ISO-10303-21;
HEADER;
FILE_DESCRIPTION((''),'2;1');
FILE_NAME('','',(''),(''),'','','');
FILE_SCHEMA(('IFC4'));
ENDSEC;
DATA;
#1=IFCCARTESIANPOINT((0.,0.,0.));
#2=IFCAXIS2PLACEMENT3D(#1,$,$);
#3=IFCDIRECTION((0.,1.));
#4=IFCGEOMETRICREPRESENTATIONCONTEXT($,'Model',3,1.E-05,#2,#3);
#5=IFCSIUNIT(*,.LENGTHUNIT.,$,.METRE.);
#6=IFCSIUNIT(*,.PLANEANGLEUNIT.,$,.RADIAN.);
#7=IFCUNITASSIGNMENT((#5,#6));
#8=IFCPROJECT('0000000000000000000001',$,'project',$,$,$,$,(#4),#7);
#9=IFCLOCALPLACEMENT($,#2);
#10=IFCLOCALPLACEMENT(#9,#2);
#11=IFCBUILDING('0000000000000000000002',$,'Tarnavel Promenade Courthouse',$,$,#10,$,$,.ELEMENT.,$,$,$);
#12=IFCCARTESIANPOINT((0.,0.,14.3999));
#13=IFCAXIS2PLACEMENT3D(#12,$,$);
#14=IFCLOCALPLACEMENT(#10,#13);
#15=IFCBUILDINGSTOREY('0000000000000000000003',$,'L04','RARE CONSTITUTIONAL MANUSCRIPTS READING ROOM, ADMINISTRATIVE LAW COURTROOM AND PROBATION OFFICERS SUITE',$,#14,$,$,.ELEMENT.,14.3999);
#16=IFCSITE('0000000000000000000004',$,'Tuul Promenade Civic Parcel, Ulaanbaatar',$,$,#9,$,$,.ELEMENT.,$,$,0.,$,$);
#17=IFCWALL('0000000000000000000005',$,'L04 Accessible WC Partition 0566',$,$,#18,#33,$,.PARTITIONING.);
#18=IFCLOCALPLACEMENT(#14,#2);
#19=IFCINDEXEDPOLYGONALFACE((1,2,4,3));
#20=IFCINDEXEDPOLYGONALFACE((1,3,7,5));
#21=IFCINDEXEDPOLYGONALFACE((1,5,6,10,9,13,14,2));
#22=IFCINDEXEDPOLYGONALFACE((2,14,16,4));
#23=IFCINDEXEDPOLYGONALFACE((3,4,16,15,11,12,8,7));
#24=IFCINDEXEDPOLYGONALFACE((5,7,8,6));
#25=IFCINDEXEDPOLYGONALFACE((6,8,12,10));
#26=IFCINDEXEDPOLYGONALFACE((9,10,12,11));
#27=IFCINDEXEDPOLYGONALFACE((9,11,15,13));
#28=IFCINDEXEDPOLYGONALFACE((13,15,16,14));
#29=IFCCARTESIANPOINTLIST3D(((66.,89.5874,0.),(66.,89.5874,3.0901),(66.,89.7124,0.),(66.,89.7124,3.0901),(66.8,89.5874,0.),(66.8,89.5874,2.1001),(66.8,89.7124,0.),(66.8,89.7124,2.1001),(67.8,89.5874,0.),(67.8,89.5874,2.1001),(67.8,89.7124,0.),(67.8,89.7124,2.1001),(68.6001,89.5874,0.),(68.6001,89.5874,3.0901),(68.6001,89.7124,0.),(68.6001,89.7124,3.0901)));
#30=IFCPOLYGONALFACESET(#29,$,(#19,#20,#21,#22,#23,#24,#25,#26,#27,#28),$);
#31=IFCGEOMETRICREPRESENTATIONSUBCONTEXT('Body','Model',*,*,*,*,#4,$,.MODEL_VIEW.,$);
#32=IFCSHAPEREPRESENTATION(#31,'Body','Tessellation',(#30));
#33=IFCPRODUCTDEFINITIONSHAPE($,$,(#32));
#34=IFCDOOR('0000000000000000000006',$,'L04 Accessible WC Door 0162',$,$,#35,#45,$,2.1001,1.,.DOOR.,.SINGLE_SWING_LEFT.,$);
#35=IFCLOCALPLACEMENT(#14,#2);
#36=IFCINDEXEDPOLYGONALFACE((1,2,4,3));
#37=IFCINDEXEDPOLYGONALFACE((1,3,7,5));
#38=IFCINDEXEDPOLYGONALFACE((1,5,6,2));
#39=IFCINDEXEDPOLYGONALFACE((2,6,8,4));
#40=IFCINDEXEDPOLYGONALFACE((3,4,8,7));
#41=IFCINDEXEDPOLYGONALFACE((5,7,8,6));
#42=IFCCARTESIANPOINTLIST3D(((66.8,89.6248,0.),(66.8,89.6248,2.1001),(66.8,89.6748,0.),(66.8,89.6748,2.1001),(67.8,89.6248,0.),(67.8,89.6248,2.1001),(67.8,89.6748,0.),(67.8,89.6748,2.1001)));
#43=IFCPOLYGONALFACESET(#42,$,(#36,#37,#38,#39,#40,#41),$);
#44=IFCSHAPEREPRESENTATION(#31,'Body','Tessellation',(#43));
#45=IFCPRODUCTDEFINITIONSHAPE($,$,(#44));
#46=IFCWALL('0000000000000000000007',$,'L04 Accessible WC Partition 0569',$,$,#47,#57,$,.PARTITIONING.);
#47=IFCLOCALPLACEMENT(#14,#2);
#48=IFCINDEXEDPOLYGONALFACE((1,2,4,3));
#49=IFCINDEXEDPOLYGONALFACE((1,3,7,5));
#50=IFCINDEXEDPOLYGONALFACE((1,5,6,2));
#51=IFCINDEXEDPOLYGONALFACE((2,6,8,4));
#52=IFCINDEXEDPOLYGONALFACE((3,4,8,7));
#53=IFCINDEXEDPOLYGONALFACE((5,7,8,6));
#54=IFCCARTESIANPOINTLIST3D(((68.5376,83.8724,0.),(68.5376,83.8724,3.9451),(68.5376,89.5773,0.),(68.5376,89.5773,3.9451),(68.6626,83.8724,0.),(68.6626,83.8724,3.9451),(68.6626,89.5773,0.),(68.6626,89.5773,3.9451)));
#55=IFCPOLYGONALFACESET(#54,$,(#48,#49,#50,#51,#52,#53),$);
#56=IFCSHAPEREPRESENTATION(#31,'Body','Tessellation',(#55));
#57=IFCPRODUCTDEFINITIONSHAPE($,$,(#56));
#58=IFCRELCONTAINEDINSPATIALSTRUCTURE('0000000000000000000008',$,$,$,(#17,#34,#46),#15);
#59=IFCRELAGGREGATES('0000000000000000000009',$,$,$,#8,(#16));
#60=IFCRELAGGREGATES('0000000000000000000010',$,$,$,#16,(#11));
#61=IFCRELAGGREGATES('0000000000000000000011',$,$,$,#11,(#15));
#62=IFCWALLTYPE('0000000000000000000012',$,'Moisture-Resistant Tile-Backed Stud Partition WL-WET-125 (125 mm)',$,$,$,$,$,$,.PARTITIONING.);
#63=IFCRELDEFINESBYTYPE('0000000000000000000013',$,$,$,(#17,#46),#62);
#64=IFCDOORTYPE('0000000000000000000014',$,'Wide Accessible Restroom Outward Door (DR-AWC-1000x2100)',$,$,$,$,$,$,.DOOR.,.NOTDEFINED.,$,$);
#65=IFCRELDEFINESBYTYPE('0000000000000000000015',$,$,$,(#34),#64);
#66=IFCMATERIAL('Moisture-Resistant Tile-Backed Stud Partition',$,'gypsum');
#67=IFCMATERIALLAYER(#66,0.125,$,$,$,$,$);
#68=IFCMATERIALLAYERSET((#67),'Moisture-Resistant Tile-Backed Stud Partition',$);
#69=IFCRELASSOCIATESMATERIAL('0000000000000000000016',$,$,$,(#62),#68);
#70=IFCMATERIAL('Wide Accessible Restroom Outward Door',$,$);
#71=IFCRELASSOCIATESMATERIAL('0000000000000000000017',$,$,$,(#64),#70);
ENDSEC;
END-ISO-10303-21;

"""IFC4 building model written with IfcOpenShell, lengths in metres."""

from ifc_helpers import new_model, si_unit, direction, frame, frame_2d, origin, place, context, subcontext, project, spatial, rectangle, extrude, material, layer, layer_set, type_object, element, fill, save


model = new_model("IFC4")

# Units and contexts
model_context = context("Model", 3, precision=1e-05, world=origin(), true_north=direction((0.0, 1.0)))
body_context = subcontext(model_context, "Body", "Model", "MODEL_VIEW")
ifc_project = project(units=[si_unit("LENGTHUNIT", "METRE"), si_unit("PLANEANGLEUNIT", "RADIAN")], contexts=[model_context])

# Site, building, storey
site_placement = place(None, origin())
site = spatial("IfcSite", under=ifc_project, at=site_placement, Name="Tuul Promenade Civic Parcel, Ulaanbaatar", CompositionType="ELEMENT", RefElevation=0.0)
building_placement = place(site_placement, origin())
building = spatial("IfcBuilding", under=site, at=building_placement, Name="Tarnavel Promenade Courthouse", CompositionType="ELEMENT")
storey_placement = place(building_placement, frame((0.0, 0.0, 14.3999)))
storey = spatial("IfcBuildingStorey", under=building, at=storey_placement, Name="L04", Description="RARE CONSTITUTIONAL MANUSCRIPTS READING ROOM, ADMINISTRATIVE LAW COURTROOM AND PROBATION OFFICERS SUITE", CompositionType="ELEMENT", Elevation=14.3999)

# Wall, opening, door
ifc_material_1 = material(Name="Moisture-Resistant Tile-Backed Stud Partition", Category="gypsum")
ifc_layer_1 = layer(ifc_material_1, 0.125)
ifc_layer_set_1 = layer_set([ifc_layer_1], Name="Moisture-Resistant Tile-Backed Stud Partition")
wall_type_1 = type_object("IfcWallType", Name="Moisture-Resistant Tile-Backed Stud Partition WL-WET-125 (125 mm)", PredefinedType="PARTITIONING", material=ifc_layer_set_1)
wall_1_placement = place(storey_placement, frame((66.0, 89.6499, 0.0), z_axis=(0.0, 0.0, 1.0), x_axis=(1.0, 0.0, 0.0)))
wall_1 = element("IfcWall", 1, at=wall_1_placement, inside=storey, type_object=wall_type_1, Name="L04 Accessible WC Partition 0566", PredefinedType="PARTITIONING", context=body_context, shape_type="SweptSolid", body=[
    extrude(rectangle(XDim=2.6001, YDim=0.125, at=frame_2d((1.3, 0.0))), origin(), (0.0, 0.0, 1.0), 3.0901),
])
opening_1_placement = place(wall_1_placement, frame((0.8, 0.0, 0.0)))
opening_1 = element("IfcOpeningElement", 2, at=opening_1_placement, cuts=wall_1, PredefinedType="OPENING", context=body_context, shape_type="SweptSolid", body=[
    extrude(rectangle(XDim=1.0, YDim=2.1001, at=frame_2d((0.5, 1.05))), frame((0.0, 0.0725, 0.0), z_axis=(0.0, -1.0, 0.0), x_axis=(1.0, 0.0, 0.0)), (0.0, 0.0, 1.0), 0.145),
])
ifc_material_2 = material(Name="Wide Accessible Restroom Outward Door")
door_type_1 = type_object("IfcDoorType", Name="Wide Accessible Restroom Outward Door (DR-AWC-1000x2100)", OperationType="NOTDEFINED", PredefinedType="DOOR", material=ifc_material_2)
door_1_placement = place(opening_1_placement, origin())
door_1 = element("IfcDoor", 3, at=door_1_placement, inside=storey, type_object=door_type_1, Name="L04 Accessible WC Door 0162", OperationType="SINGLE_SWING_LEFT", OverallHeight=2.1001, OverallWidth=1.0, PredefinedType="DOOR", context=body_context, shape_type="SweptSolid", body=[
    extrude(rectangle(XDim=1.0, YDim=2.1001, at=frame_2d((0.5, 1.05))), frame((0.0, 0.0249, 0.0), z_axis=(0.0, -1.0, 0.0), x_axis=(1.0, 0.0, 0.0)), (0.0, 0.0, 1.0), 0.05),
])
fill(opening_1, door_1)

# Wall
wall_2_placement = place(storey_placement, frame((68.6001, 89.5774, 0.0), z_axis=(0.0, 0.0, 1.0), x_axis=(0.0, -1.0, 0.0)))
element("IfcWall", 4, at=wall_2_placement, inside=storey, type_object=wall_type_1, Name="L04 Accessible WC Partition 0569", PredefinedType="PARTITIONING", context=body_context, shape_type="SweptSolid", body=[
    extrude(rectangle(XDim=5.7048, YDim=0.125, at=frame_2d((2.8525, 0.0))), origin(), (0.0, 0.0, 1.0), 3.9451),
])

save(model, "model.ifc")
